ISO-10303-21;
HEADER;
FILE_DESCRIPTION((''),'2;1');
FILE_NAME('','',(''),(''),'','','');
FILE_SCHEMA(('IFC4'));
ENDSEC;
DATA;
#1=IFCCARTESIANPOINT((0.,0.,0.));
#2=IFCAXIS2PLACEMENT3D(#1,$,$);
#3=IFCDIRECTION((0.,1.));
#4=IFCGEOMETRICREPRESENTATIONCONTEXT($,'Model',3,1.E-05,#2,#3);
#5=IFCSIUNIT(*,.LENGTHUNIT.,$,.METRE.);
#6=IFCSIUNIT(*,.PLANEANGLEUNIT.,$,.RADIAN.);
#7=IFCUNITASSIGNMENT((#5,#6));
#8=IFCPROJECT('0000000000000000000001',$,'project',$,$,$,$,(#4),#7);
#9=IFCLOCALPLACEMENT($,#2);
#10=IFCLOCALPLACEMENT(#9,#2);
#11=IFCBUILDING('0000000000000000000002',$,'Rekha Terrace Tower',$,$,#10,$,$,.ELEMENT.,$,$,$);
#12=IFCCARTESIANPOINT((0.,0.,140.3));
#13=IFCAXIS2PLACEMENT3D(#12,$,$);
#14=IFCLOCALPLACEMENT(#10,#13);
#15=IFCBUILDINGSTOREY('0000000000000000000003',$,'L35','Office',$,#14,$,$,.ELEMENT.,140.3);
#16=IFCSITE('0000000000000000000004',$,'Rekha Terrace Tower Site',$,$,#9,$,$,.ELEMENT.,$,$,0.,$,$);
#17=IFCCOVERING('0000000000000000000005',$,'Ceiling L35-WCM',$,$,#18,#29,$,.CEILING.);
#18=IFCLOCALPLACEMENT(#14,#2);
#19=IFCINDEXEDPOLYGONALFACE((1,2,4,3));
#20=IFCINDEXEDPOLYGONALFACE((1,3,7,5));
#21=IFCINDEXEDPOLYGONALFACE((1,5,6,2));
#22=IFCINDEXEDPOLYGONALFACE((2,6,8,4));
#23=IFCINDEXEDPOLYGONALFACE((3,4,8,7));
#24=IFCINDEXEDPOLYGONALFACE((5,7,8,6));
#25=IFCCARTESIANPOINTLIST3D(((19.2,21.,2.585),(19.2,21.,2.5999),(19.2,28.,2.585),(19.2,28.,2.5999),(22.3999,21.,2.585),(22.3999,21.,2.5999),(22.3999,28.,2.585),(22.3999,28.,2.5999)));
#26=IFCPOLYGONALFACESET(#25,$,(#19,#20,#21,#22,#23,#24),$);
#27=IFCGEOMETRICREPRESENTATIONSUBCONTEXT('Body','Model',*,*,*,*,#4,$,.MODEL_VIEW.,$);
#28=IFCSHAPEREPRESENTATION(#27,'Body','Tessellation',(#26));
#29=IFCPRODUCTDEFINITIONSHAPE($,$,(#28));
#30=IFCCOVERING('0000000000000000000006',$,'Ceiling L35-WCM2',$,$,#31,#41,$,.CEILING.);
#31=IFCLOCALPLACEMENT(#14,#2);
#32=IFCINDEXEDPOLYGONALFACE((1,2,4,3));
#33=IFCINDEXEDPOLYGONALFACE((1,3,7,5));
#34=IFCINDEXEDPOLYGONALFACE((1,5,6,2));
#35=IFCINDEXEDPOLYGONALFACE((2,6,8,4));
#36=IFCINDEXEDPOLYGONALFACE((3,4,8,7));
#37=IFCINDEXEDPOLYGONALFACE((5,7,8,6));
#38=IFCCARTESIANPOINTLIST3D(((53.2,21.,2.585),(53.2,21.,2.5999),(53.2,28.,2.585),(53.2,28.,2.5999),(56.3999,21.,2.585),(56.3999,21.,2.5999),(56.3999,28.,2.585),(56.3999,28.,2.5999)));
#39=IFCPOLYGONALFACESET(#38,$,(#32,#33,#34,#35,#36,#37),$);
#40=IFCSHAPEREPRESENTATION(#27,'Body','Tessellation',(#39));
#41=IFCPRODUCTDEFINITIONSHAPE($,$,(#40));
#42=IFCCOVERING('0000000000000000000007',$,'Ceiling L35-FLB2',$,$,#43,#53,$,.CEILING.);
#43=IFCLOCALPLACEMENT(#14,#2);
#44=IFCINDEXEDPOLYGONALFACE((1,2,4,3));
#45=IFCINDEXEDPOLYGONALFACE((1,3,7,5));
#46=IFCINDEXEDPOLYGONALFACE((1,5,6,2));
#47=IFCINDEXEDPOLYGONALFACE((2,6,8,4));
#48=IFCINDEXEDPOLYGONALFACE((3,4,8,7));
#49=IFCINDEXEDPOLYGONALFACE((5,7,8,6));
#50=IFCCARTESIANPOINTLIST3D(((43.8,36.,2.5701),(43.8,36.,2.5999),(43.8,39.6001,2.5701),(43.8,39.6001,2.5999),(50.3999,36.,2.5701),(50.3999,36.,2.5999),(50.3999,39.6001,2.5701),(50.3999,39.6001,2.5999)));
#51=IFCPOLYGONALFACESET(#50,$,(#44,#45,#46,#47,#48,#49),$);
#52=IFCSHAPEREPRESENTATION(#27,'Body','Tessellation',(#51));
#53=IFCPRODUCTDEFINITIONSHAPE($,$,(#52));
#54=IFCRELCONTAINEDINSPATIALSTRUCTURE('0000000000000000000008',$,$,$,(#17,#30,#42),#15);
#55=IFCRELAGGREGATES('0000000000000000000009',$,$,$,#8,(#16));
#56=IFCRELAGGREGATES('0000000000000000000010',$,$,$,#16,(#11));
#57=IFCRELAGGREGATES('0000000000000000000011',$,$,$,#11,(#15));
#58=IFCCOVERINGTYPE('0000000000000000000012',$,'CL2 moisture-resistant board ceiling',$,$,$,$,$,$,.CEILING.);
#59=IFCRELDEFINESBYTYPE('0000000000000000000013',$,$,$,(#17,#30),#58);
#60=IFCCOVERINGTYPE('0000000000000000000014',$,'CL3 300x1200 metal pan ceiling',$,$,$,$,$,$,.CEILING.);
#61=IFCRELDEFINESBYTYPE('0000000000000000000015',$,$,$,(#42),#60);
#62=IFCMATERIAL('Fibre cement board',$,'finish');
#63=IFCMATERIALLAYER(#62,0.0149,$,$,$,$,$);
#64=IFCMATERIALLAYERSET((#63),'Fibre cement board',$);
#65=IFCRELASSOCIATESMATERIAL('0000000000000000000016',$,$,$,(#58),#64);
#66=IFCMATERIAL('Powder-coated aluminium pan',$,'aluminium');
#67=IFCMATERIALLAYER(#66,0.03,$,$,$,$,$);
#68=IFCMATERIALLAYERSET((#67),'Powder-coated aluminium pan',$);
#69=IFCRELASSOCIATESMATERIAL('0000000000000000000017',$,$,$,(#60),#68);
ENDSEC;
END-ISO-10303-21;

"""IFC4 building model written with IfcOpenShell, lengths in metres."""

from ifc_helpers import new_model, si_unit, direction, frame, origin, place, context, subcontext, project, spatial, polyline, outline, extrude, material, layer, layer_set, type_object, element, save


model = new_model("IFC4")

# Units and contexts
model_context = context("Model", 3, precision=1e-05, world=origin(), true_north=direction((0.0, 1.0)))
body_context = subcontext(model_context, "Body", "Model", "MODEL_VIEW")
ifc_project = project(units=[si_unit("LENGTHUNIT", "METRE"), si_unit("PLANEANGLEUNIT", "RADIAN")], contexts=[model_context])

# Site, building, storey
site_placement = place(None, origin())
site = spatial("IfcSite", under=ifc_project, at=site_placement, Name="Rekha Terrace Tower Site", CompositionType="ELEMENT", RefElevation=0.0)
building_placement = place(site_placement, origin())
building = spatial("IfcBuilding", under=site, at=building_placement, Name="Rekha Terrace Tower", CompositionType="ELEMENT")
storey_placement = place(building_placement, frame((0.0, 0.0, 140.3)))
storey = spatial("IfcBuildingStorey", under=building, at=storey_placement, Name="L35", Description="Office", CompositionType="ELEMENT", Elevation=140.3)

# Coverings
ifc_material_1 = material(Name="Fibre cement board", Category="finish")
ifc_layer_1 = layer(ifc_material_1, 0.0149)
ifc_layer_set_1 = layer_set([ifc_layer_1], Name="Fibre cement board")
covering_type_1 = type_object("IfcCoveringType", Name="CL2 moisture-resistant board ceiling", PredefinedType="CEILING", material=ifc_layer_set_1)
covering_1_placement = place(storey_placement, frame((0.0, 0.0, 2.585)))
element("IfcCovering", 1, at=covering_1_placement, inside=storey, type_object=covering_type_1, Name="Ceiling L35-WCM", PredefinedType="CEILING", context=body_context, shape_type="SweptSolid", body=[
    extrude(outline(polyline([(22.3999, 28.0), (19.2, 28.0), (19.2, 21.0), (22.3999, 21.0), (22.3999, 28.0)])), origin(), (0.0, 0.0, 1.0), 0.0149),
])
covering_2_placement = place(storey_placement, frame((0.0, 0.0, 2.585)))
element("IfcCovering", 2, at=covering_2_placement, inside=storey, type_object=covering_type_1, Name="Ceiling L35-WCM2", PredefinedType="CEILING", context=body_context, shape_type="SweptSolid", body=[
    extrude(outline(polyline([(56.3999, 28.0), (53.2, 28.0), (53.2, 21.0), (56.3999, 21.0), (56.3999, 28.0)])), origin(), (0.0, 0.0, 1.0), 0.0149),
])
ifc_material_2 = material(Name="Powder-coated aluminium pan", Category="aluminium")
ifc_layer_2 = layer(ifc_material_2, 0.03)
ifc_layer_set_2 = layer_set([ifc_layer_2], Name="Powder-coated aluminium pan")
covering_type_2 = type_object("IfcCoveringType", Name="CL3 300x1200 metal pan ceiling", PredefinedType="CEILING", material=ifc_layer_set_2)
covering_3_placement = place(storey_placement, frame((0.0, 0.0, 2.5701)))
element("IfcCovering", 3, at=covering_3_placement, inside=storey, type_object=covering_type_2, Name="Ceiling L35-FLB2", PredefinedType="CEILING", context=body_context, shape_type="SweptSolid", body=[
    extrude(outline(polyline([(50.3999, 39.6001), (43.8, 39.6001), (43.8, 36.0), (50.3999, 36.0), (50.3999, 39.6001)])), origin(), (0.0, 0.0, 1.0), 0.0298),
])

save(model, "model.ifc")
